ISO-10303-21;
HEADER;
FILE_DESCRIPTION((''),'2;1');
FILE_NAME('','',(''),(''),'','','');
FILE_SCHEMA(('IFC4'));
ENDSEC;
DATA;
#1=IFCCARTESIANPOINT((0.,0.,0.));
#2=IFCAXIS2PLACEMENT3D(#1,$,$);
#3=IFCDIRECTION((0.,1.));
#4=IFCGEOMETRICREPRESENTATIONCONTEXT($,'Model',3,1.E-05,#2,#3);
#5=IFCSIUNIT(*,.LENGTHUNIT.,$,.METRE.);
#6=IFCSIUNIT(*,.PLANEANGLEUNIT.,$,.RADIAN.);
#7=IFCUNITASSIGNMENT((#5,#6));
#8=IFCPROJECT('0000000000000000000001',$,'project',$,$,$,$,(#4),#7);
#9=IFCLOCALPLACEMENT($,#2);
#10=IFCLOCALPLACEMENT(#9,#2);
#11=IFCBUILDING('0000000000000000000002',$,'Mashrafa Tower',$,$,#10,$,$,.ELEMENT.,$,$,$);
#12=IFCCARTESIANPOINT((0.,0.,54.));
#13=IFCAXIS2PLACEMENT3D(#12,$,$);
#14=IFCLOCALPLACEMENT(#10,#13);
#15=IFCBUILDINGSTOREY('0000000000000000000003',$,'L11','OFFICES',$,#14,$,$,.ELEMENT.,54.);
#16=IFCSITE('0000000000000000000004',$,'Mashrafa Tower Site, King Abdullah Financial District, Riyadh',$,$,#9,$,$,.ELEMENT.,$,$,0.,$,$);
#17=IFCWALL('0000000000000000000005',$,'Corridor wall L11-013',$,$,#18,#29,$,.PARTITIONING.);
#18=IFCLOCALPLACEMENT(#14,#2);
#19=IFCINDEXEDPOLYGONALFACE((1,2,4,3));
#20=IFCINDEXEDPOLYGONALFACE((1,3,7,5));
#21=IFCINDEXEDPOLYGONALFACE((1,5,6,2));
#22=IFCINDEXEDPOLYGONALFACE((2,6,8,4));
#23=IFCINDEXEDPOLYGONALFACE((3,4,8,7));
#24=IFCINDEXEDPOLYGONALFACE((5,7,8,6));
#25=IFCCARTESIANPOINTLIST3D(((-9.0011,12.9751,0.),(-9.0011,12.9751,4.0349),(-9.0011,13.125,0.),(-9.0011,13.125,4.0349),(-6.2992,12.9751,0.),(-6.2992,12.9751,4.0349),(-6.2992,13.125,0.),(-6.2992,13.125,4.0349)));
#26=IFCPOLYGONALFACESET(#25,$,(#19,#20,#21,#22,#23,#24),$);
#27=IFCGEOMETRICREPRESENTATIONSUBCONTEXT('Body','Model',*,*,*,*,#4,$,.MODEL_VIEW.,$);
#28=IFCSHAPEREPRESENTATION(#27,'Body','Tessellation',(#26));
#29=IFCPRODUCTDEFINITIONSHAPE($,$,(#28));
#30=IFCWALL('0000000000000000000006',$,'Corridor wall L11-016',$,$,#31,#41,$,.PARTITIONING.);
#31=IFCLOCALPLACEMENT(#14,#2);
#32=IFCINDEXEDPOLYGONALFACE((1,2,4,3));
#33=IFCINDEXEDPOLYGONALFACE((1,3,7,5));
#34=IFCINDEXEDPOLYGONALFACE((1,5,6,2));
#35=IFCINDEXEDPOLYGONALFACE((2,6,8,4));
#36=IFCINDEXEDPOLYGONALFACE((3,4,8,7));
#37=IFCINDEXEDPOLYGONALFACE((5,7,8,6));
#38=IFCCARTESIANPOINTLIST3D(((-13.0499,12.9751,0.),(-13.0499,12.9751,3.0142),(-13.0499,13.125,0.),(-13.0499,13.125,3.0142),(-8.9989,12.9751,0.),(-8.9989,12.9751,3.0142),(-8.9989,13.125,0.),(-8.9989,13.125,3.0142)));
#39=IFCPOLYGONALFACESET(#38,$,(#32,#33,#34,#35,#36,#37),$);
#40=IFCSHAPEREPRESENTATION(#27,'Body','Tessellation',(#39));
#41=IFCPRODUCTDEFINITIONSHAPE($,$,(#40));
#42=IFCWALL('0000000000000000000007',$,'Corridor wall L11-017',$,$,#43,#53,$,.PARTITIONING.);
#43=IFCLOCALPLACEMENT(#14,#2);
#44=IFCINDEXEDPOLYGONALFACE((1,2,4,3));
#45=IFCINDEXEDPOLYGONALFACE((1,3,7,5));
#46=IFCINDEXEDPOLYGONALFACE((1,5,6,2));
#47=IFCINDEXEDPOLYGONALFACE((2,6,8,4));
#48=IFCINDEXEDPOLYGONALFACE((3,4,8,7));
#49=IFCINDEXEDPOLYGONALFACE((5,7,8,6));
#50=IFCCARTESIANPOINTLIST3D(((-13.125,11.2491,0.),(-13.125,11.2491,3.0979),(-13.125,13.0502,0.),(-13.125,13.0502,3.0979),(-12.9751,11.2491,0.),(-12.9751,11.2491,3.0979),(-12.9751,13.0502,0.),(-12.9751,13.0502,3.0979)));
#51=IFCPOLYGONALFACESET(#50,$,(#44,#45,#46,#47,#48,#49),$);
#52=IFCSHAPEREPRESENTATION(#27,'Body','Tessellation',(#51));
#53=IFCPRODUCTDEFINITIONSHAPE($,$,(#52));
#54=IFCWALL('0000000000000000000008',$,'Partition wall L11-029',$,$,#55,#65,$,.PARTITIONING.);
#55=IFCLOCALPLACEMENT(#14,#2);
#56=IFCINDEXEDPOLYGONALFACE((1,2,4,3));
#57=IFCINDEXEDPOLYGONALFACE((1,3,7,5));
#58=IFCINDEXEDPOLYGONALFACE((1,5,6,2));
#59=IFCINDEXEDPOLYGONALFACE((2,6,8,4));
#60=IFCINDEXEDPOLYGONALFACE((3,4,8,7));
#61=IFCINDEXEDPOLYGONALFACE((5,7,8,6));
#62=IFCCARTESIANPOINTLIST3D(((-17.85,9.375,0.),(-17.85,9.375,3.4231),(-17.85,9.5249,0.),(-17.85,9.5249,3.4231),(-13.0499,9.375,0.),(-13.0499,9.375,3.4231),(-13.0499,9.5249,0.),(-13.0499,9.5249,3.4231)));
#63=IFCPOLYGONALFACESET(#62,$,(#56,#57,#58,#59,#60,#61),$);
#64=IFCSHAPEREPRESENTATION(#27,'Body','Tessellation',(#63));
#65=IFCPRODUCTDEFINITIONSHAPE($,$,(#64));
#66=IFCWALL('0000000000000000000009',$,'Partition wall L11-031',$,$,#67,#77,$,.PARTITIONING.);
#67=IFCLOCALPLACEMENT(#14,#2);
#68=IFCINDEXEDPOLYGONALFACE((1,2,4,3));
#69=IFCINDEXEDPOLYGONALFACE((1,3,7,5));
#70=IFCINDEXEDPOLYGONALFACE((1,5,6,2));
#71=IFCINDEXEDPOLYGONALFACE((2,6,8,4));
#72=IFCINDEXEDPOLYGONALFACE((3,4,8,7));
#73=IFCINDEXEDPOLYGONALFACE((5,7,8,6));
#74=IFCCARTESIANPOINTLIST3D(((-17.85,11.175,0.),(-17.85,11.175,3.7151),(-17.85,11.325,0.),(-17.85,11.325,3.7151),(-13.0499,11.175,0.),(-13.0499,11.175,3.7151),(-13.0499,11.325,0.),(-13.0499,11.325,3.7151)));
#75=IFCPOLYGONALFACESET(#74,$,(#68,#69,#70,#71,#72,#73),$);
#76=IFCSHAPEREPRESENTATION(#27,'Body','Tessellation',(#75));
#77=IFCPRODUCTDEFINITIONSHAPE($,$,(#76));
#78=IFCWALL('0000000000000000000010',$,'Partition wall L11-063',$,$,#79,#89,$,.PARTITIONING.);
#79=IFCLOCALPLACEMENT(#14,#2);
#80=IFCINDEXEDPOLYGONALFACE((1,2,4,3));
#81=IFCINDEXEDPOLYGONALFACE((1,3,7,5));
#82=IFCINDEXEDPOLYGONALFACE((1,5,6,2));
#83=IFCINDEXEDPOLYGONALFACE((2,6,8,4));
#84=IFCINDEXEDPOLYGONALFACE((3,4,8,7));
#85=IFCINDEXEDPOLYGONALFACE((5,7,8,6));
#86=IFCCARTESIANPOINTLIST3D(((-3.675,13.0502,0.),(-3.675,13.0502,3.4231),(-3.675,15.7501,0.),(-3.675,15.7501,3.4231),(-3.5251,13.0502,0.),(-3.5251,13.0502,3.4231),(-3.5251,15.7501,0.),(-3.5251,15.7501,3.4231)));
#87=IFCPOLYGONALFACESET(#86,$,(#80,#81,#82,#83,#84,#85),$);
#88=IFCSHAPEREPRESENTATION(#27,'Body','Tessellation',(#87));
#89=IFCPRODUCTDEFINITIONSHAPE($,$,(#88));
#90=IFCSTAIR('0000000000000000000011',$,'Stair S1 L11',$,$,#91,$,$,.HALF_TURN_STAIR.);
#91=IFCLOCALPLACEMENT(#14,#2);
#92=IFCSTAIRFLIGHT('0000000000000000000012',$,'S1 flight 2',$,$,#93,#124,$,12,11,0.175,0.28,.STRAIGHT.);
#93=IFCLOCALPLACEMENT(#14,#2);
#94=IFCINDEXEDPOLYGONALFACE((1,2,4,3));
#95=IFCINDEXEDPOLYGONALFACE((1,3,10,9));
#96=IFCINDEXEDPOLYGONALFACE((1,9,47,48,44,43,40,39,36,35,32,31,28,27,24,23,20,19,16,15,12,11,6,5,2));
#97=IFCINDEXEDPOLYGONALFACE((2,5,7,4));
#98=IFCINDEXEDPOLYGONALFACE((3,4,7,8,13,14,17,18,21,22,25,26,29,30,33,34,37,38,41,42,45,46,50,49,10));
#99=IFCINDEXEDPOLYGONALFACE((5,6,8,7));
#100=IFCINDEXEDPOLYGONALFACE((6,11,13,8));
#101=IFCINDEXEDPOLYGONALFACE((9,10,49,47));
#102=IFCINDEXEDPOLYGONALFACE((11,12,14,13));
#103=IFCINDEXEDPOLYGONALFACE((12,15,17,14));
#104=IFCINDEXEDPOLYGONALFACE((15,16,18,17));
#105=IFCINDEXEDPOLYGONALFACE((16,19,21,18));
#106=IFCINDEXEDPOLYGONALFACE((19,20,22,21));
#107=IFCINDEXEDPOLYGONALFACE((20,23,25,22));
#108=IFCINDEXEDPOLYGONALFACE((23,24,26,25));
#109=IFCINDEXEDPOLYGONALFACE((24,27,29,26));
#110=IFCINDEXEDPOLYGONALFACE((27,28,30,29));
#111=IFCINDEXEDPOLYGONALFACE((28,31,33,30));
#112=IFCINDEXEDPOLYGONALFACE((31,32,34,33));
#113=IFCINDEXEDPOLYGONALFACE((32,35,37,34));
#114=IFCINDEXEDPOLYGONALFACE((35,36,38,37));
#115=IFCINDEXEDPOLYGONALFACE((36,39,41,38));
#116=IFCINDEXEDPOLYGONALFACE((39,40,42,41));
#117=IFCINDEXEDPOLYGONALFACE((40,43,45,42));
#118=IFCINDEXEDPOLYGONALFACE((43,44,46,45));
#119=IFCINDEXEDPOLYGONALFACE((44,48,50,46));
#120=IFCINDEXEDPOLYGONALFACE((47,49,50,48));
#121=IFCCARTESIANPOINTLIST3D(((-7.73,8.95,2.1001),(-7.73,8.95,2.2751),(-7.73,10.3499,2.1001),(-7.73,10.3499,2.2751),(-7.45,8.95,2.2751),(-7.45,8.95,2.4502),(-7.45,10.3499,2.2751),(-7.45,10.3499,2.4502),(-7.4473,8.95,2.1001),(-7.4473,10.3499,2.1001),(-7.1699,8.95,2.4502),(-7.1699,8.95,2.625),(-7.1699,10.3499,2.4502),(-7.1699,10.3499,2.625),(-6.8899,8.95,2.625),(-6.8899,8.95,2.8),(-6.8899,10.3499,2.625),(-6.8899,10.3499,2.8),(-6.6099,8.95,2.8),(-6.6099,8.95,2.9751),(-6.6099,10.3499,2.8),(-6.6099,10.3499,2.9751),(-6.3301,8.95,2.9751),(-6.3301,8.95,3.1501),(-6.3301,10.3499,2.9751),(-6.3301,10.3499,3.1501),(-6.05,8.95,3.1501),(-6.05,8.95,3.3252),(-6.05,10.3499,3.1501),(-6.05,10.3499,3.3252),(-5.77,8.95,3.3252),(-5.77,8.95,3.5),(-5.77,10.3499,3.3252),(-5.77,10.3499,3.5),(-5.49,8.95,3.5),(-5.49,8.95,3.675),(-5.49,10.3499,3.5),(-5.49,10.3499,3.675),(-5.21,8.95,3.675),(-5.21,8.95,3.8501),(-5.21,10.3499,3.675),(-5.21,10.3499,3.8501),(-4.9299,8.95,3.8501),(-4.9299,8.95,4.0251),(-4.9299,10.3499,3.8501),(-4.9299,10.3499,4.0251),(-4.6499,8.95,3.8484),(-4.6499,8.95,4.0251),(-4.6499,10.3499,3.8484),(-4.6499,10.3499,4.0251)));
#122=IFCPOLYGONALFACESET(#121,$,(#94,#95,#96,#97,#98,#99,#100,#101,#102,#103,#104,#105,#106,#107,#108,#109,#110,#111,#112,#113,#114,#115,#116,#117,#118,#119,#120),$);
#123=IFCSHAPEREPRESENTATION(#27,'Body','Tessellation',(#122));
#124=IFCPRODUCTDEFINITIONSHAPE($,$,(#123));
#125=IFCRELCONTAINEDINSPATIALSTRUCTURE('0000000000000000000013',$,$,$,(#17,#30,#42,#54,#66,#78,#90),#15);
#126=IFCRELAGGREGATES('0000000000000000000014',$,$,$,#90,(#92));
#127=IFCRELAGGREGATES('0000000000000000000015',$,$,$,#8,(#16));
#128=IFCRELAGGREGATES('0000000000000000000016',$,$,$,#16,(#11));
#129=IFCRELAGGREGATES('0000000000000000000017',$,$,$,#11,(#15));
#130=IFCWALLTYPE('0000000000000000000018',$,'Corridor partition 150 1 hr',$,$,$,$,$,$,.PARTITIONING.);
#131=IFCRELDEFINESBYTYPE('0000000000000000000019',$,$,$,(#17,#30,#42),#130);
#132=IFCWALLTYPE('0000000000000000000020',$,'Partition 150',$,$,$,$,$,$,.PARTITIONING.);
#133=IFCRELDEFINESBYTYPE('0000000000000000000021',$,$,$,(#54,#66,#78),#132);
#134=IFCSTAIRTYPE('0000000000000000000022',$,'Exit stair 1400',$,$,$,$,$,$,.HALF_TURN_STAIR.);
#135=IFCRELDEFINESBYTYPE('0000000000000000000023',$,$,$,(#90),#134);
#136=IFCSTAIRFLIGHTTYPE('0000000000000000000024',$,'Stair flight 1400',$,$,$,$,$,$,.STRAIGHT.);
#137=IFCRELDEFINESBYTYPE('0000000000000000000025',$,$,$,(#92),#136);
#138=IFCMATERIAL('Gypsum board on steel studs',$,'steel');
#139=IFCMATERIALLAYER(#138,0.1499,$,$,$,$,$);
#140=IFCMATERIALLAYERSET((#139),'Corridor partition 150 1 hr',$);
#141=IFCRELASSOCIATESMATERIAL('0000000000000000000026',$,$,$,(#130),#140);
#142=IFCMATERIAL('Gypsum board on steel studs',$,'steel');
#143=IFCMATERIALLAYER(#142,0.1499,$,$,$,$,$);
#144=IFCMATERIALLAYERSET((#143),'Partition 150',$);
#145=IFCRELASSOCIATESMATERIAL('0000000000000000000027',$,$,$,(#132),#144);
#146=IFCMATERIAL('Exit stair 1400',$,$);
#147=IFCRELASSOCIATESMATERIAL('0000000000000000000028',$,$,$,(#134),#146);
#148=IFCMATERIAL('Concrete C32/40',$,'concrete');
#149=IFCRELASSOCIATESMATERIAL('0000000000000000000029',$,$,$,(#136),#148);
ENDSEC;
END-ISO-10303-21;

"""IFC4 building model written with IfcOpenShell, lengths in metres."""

from ifc_helpers import new_model, si_unit, direction, frame, frame_2d, origin, place, context, subcontext, project, spatial, polyline, rectangle, outline, extrude, material, layer, layer_set, type_object, element, aggregate, save


model = new_model("IFC4")

# Units and contexts
model_context = context("Model", 3, precision=1e-05, world=origin(), true_north=direction((0.0, 1.0)))
body_context = subcontext(model_context, "Body", "Model", "MODEL_VIEW")
ifc_project = project(units=[si_unit("LENGTHUNIT", "METRE"), si_unit("PLANEANGLEUNIT", "RADIAN")], contexts=[model_context])

# Site, building, storey
site_placement = place(None, origin())
site = spatial("IfcSite", under=ifc_project, at=site_placement, Name="Mashrafa Tower Site, King Abdullah Financial District, Riyadh", CompositionType="ELEMENT", RefElevation=0.0)
building_placement = place(site_placement, origin())
building = spatial("IfcBuilding", under=site, at=building_placement, Name="Mashrafa Tower", CompositionType="ELEMENT")
storey_placement = place(building_placement, frame((0.0, 0.0, 54.0)))
storey = spatial("IfcBuildingStorey", under=building, at=storey_placement, Name="L11", Description="OFFICES", CompositionType="ELEMENT", Elevation=54.0)

# Shared definitions
ifc_material_1 = material(Name="Gypsum board on steel studs", Category="steel")
ifc_layer_1 = layer(ifc_material_1, 0.1499)
ifc_layer_set_1 = layer_set([ifc_layer_1], Name="Corridor partition 150 1 hr")
wall_type_1 = type_object("IfcWallType", Name="Corridor partition 150 1 hr", PredefinedType="PARTITIONING", material=ifc_layer_set_1)

# Walls
wall_1_placement = place(storey_placement, frame((-6.2991, 13.05, 0.0), z_axis=(0.0, 0.0, 1.0), x_axis=(-1.0, 0.0, 0.0)))
element("IfcWall", 1, at=wall_1_placement, inside=storey, type_object=wall_type_1, Name="Corridor wall L11-013", PredefinedType="PARTITIONING", context=body_context, shape_type="SweptSolid", body=[
    extrude(rectangle(XDim=2.7019, YDim=0.1499, at=frame_2d((1.3511, 0.0))), origin(), (0.0, 0.0, 1.0), 4.0349),
])
wall_2_placement = place(storey_placement, frame((-8.999, 13.05, 0.0), z_axis=(0.0, 0.0, 1.0), x_axis=(-1.0, 0.0, 0.0)))
element("IfcWall", 2, at=wall_2_placement, inside=storey, type_object=wall_type_1, Name="Corridor wall L11-016", PredefinedType="PARTITIONING", context=body_context, shape_type="SweptSolid", body=[
    extrude(rectangle(XDim=4.051, YDim=0.1499, at=frame_2d((2.0254, 0.0))), origin(), (0.0, 0.0, 1.0), 3.0142),
])
wall_3_placement = place(storey_placement, frame((-13.05, 13.05, 0.0), z_axis=(0.0, 0.0, 1.0), x_axis=(0.0, -1.0, 0.0)))
element("IfcWall", 3, at=wall_3_placement, inside=storey, type_object=wall_type_1, Name="Corridor wall L11-017", PredefinedType="PARTITIONING", context=body_context, shape_type="SweptSolid", body=[
    extrude(rectangle(XDim=1.801, YDim=0.1499, at=frame_2d((0.9004, 0.0))), origin(), (0.0, 0.0, 1.0), 3.0979),
])
ifc_material_2 = material(Name="Gypsum board on steel studs", Category="steel")
ifc_layer_2 = layer(ifc_material_2, 0.1499)
ifc_layer_set_2 = layer_set([ifc_layer_2], Name="Partition 150")
wall_type_2 = type_object("IfcWallType", Name="Partition 150", PredefinedType="PARTITIONING", material=ifc_layer_set_2)
wall_4_placement = place(storey_placement, frame((-13.05, 9.45, 0.0), z_axis=(0.0, 0.0, 1.0), x_axis=(-1.0, 0.0, 0.0)))
element("IfcWall", 4, at=wall_4_placement, inside=storey, type_object=wall_type_2, Name="Partition wall L11-029", PredefinedType="PARTITIONING", context=body_context, shape_type="SweptSolid", body=[
    extrude(rectangle(XDim=4.8, YDim=0.1499, at=frame_2d((2.3999, 0.0))), origin(), (0.0, 0.0, 1.0), 3.4231),
])
wall_5_placement = place(storey_placement, frame((-13.05, 11.25, 0.0), z_axis=(0.0, 0.0, 1.0), x_axis=(-1.0, 0.0, 0.0)))
element("IfcWall", 5, at=wall_5_placement, inside=storey, type_object=wall_type_2, Name="Partition wall L11-031", PredefinedType="PARTITIONING", context=body_context, shape_type="SweptSolid", body=[
    extrude(rectangle(XDim=4.8, YDim=0.1499, at=frame_2d((2.3999, 0.0))), origin(), (0.0, 0.0, 1.0), 3.7151),
])
wall_6_placement = place(storey_placement, frame((-3.6001, 13.05, 0.0), z_axis=(0.0, 0.0, 1.0), x_axis=(0.0, 1.0, 0.0)))
element("IfcWall", 6, at=wall_6_placement, inside=storey, type_object=wall_type_2, Name="Partition wall L11-063", PredefinedType="PARTITIONING", context=body_context, shape_type="SweptSolid", body=[
    extrude(rectangle(XDim=2.7, YDim=0.1499, at=frame_2d((1.3501, 0.0))), origin(), (0.0, 0.0, 1.0), 3.4231),
])

# Stair, stair flight
ifc_material_3 = material(Name="Exit stair 1400")
stair_type = type_object("IfcStairType", Name="Exit stair 1400", PredefinedType="HALF_TURN_STAIR", material=ifc_material_3)
stair_placement = place(storey_placement, origin())
stair = element("IfcStair", 7, at=stair_placement, inside=storey, type_object=stair_type, Name="Stair S1 L11", PredefinedType="HALF_TURN_STAIR")
ifc_material_4 = material(Name="Concrete C32/40", Category="concrete")
stair_flight_type = type_object("IfcStairFlightType", Name="Stair flight 1400", PredefinedType="STRAIGHT", material=ifc_material_4)
stair_flight_placement = place(storey_placement, frame((-7.73, 9.6499, 2.1001), z_axis=(0.0, 0.0, 1.0), x_axis=(1.0, 0.0, 0.0)))
stair_flight = element("IfcStairFlight", 8, at=stair_flight_placement, type_object=stair_flight_type, Name="S1 flight 2", NumberOfRisers=12, NumberOfTreads=11, PredefinedType="STRAIGHT", RiserHeight=0.175, TreadLength=0.28, context=body_context, shape_type="SweptSolid", body=[
    extrude(outline(polyline([(0.0, 0.0), (0.0, 0.175), (0.28, 0.175), (0.28, 0.3501), (0.5601, 0.3501), (0.5601, 0.5249), (0.8401, 0.5249), (0.8401, 0.7), (1.1201, 0.7), (1.1201, 0.875), (1.3999, 0.875), (1.3999, 1.05), (1.6799, 1.05), (1.6799, 1.2251), (1.96, 1.2251), (1.96, 1.3999), (2.24, 1.3999), (2.24, 1.575), (2.52, 1.575), (2.52, 1.75), (2.8, 1.75), (2.8, 1.925), (3.0801, 1.925), (3.0801, 2.1001), (3.0801, 1.7483), (0.2827, 0.0), (0.0, 0.0)])), frame((0.0, 0.7, 0.0), z_axis=(0.0, -1.0, 0.0), x_axis=(1.0, 0.0, 0.0)), (0.0, 0.0, 1.0), 1.3999),
])
aggregate(stair, [stair_flight])

save(model, "model.ifc")
